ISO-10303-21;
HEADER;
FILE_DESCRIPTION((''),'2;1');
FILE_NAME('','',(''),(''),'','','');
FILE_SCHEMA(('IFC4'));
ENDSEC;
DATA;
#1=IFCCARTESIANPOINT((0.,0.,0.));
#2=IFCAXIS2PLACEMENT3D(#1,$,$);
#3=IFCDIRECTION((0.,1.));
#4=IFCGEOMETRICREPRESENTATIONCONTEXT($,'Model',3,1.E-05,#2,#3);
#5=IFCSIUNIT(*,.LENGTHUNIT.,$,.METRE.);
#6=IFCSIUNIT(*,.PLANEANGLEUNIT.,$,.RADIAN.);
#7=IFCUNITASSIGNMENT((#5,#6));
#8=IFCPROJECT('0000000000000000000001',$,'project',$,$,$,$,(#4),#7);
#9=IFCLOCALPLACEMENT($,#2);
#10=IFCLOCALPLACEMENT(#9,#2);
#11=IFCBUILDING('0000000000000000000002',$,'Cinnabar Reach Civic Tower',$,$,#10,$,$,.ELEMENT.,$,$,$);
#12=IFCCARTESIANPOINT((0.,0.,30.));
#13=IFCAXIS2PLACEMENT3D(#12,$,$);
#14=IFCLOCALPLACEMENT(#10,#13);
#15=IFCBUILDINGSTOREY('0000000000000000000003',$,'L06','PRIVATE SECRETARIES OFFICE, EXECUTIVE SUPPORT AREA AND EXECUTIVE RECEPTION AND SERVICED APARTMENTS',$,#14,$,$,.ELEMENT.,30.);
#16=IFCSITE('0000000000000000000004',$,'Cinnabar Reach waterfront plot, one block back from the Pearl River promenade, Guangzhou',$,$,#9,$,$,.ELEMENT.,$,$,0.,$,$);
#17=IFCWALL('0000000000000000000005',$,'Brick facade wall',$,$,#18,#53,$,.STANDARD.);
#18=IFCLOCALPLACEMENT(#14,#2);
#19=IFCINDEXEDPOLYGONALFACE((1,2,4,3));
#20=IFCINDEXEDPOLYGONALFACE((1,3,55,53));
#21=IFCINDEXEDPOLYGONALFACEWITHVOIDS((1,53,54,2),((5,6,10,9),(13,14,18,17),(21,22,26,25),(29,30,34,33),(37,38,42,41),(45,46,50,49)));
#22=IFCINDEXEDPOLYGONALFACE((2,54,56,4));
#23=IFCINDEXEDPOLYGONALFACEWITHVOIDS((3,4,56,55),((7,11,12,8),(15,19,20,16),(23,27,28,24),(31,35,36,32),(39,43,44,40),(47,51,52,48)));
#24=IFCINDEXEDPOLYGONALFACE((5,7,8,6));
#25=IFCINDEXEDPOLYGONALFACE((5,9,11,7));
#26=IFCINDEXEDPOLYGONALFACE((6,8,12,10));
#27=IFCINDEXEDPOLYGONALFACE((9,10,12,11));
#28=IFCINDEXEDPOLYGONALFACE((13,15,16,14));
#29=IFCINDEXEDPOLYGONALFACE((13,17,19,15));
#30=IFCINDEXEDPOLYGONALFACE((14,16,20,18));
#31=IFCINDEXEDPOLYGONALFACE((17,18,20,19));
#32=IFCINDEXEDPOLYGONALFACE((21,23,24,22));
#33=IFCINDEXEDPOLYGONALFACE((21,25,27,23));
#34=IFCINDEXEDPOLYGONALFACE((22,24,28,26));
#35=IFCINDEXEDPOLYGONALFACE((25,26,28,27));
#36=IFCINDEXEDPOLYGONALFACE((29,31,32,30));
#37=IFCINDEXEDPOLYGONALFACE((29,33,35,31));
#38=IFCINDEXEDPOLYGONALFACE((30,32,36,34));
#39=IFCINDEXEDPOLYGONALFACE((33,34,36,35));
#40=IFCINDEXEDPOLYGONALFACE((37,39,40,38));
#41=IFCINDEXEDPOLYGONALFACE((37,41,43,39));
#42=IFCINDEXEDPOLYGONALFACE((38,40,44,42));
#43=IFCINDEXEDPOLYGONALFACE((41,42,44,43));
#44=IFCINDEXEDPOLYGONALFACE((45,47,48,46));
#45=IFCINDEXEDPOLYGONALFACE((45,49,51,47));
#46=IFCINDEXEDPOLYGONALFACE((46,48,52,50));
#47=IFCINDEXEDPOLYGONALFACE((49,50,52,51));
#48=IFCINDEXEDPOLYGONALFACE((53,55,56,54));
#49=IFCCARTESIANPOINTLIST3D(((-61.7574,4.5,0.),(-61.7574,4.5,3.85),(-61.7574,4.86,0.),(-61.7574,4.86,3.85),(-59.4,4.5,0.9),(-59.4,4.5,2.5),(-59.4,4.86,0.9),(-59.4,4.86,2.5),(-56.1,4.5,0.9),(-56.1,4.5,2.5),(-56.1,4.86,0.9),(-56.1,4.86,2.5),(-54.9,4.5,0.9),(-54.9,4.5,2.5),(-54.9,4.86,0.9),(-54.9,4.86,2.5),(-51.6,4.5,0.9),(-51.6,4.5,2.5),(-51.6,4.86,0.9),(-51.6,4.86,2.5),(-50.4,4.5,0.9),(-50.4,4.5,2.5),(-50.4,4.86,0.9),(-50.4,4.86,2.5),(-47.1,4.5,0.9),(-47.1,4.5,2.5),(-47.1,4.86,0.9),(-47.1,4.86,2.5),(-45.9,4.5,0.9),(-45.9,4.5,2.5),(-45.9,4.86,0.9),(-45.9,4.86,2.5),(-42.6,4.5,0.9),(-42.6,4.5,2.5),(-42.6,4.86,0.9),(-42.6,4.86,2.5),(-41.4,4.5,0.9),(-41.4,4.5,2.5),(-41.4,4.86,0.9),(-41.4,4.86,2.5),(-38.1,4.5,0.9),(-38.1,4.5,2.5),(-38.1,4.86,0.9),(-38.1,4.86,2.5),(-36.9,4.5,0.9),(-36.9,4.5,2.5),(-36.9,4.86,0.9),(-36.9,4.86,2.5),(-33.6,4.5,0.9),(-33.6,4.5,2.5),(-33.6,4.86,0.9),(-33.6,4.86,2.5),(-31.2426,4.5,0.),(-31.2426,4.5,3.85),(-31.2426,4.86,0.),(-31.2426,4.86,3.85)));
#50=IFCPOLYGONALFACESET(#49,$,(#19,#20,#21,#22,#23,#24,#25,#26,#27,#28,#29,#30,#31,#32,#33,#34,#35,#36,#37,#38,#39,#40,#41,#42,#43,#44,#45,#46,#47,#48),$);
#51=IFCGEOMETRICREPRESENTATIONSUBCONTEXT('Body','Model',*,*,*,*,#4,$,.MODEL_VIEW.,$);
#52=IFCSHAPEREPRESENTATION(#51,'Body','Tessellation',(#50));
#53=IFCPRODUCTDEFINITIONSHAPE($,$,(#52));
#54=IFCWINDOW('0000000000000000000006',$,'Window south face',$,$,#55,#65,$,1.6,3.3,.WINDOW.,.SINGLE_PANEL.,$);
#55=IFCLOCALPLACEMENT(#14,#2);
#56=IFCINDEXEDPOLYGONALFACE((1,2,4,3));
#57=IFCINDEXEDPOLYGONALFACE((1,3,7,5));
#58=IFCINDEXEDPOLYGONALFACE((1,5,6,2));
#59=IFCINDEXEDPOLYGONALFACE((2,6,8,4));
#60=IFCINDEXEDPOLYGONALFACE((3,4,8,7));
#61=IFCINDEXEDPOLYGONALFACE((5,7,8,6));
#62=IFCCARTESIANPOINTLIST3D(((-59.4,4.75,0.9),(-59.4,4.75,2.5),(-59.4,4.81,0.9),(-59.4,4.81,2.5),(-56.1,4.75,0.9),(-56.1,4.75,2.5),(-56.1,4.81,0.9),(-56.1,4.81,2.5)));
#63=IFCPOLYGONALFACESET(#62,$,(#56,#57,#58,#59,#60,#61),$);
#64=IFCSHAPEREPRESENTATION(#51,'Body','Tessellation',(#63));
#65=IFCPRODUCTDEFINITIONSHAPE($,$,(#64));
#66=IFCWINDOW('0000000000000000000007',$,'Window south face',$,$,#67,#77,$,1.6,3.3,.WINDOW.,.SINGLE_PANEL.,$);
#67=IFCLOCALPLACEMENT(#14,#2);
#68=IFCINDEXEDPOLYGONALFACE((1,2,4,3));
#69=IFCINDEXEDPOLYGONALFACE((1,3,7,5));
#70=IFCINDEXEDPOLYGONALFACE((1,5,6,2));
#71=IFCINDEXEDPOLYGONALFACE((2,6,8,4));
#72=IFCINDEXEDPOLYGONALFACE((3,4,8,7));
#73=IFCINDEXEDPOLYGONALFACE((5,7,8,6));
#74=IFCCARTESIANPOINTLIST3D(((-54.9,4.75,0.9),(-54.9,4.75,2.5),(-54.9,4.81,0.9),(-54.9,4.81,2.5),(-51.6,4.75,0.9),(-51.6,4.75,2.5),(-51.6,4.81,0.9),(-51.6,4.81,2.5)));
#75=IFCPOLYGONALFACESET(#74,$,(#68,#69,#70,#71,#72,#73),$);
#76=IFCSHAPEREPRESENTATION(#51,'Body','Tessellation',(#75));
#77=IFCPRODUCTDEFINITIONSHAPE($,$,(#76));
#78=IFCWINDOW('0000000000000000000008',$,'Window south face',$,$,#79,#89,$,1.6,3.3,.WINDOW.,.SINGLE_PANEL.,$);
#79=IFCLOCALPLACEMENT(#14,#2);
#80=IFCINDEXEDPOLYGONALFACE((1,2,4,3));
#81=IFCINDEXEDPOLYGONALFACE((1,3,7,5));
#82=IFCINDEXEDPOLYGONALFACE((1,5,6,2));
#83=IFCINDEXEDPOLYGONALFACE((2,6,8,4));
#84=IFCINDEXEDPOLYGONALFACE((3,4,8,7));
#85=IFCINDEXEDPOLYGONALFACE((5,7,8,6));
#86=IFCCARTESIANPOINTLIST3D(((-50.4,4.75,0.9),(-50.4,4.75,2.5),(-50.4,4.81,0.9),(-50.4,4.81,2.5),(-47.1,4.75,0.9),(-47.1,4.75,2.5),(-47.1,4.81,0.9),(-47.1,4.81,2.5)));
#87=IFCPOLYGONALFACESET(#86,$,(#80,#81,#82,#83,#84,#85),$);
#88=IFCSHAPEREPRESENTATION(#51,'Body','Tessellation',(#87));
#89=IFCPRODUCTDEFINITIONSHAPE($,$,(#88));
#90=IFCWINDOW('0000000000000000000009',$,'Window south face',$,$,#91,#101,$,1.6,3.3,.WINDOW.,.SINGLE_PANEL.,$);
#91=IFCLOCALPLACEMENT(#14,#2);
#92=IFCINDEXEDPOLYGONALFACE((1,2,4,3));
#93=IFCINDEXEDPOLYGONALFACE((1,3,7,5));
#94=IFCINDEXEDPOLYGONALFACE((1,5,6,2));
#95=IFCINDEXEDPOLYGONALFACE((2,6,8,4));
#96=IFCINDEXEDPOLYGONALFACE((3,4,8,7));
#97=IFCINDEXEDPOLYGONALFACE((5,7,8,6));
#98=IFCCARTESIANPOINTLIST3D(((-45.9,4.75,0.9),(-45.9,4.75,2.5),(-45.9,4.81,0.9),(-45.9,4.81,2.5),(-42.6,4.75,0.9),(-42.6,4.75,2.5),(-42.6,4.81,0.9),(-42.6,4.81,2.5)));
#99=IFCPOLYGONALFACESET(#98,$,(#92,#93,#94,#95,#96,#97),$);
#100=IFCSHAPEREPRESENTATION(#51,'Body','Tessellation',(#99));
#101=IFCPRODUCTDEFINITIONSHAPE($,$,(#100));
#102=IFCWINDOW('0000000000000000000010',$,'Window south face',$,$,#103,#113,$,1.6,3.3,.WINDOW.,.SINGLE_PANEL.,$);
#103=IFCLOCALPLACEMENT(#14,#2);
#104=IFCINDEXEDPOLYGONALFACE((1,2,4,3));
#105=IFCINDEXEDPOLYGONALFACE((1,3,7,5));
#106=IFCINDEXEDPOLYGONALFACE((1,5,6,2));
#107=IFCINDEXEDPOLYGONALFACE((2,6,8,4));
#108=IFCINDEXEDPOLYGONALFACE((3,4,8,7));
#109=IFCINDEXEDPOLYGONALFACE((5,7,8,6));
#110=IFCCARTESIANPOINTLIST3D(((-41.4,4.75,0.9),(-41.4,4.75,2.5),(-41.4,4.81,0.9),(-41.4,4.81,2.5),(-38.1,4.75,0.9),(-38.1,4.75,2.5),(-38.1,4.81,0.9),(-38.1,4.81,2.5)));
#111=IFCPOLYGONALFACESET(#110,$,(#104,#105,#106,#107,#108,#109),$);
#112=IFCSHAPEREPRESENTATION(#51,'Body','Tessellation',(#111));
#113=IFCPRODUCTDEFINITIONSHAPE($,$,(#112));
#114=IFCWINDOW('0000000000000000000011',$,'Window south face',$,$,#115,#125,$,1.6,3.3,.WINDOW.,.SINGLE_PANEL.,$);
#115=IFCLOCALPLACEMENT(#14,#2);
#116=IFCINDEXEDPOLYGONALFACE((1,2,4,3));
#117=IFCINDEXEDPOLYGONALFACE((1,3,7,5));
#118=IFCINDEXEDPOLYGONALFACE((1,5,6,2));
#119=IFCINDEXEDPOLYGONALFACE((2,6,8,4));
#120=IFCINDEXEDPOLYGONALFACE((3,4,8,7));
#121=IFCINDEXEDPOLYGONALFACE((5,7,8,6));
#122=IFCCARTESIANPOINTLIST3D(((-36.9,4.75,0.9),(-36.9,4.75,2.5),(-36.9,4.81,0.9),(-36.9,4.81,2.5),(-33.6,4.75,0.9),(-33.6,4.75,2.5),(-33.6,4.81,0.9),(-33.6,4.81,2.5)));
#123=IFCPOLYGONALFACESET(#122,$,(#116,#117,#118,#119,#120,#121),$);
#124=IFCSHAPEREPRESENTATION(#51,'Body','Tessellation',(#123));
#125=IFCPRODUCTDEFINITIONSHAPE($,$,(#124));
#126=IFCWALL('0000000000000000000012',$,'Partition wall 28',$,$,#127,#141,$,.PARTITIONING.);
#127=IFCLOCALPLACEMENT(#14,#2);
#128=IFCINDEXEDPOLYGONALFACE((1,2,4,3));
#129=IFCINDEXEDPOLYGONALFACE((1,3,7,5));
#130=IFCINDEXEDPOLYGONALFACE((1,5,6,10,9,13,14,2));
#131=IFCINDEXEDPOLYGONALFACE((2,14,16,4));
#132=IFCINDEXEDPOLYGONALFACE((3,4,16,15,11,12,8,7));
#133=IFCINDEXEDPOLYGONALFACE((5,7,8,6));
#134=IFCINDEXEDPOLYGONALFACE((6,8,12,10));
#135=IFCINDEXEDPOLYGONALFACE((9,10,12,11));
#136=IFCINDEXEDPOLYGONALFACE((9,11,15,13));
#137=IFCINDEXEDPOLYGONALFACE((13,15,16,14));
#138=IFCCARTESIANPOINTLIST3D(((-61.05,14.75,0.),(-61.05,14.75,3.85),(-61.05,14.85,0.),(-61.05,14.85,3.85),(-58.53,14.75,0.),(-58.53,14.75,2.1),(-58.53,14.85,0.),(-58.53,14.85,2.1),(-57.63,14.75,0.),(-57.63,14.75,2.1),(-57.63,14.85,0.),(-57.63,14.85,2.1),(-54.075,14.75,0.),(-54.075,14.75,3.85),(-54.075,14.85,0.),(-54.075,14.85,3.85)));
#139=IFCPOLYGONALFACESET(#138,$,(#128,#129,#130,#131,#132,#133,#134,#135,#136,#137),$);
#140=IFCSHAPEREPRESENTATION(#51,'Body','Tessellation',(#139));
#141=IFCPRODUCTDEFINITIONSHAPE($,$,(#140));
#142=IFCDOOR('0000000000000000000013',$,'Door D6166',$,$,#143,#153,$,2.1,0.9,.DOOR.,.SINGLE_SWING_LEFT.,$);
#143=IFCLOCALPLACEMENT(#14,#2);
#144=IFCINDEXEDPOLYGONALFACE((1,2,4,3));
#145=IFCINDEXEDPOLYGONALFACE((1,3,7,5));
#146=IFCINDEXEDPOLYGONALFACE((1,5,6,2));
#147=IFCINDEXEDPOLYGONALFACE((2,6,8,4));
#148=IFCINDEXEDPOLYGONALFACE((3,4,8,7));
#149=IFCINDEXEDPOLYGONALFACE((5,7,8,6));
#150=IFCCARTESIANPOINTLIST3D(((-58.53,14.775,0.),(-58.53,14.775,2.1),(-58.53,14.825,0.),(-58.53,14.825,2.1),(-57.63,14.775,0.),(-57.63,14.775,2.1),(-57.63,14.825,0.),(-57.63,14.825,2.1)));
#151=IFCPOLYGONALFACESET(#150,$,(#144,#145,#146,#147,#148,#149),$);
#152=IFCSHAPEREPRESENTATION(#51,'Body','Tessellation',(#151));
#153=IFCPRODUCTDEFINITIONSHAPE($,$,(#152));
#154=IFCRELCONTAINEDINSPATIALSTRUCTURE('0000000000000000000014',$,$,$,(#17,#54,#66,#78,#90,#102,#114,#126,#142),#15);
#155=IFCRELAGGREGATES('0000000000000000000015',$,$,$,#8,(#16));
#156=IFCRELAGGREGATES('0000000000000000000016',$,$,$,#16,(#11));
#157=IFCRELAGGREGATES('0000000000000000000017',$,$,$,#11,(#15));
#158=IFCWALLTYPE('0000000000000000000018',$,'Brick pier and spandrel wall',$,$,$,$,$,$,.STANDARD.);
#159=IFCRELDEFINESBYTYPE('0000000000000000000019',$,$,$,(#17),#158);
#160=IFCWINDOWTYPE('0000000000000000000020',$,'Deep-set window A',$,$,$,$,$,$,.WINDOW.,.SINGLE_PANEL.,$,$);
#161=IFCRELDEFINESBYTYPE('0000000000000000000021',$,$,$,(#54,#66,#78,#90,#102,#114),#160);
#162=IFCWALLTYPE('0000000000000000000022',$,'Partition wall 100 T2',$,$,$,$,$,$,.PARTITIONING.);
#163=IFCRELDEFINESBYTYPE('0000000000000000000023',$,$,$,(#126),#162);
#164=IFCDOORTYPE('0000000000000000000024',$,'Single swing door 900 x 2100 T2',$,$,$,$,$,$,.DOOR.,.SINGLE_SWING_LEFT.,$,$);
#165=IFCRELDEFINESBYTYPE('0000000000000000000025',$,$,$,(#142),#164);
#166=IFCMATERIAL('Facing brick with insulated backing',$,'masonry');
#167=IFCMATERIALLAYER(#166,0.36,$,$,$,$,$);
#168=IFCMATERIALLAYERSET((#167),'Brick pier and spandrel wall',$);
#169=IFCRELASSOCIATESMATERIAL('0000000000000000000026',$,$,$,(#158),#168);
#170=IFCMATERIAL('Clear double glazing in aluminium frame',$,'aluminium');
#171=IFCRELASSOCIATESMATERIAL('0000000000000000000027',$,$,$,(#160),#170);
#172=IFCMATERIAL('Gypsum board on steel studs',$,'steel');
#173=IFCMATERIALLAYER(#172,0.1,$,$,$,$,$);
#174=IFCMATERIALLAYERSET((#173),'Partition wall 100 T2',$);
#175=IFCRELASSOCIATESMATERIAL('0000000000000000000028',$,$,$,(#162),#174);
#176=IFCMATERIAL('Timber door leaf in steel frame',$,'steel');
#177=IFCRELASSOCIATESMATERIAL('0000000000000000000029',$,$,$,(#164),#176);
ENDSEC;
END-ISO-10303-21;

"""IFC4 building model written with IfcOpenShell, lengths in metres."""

from ifc_helpers import new_model, si_unit, direction, frame, frame_2d, origin, place, context, subcontext, project, spatial, rectangle, extrude, material, layer, layer_set, type_object, element, fill, save


model = new_model("IFC4")

# Units and contexts
model_context = context("Model", 3, precision=1e-05, world=origin(), true_north=direction((0.0, 1.0)))
body_context = subcontext(model_context, "Body", "Model", "MODEL_VIEW")
ifc_project = project(units=[si_unit("LENGTHUNIT", "METRE"), si_unit("PLANEANGLEUNIT", "RADIAN")], contexts=[model_context])

# Site, building, storey
site_placement = place(None, origin())
site = spatial("IfcSite", under=ifc_project, at=site_placement, Name="Cinnabar Reach waterfront plot, one block back from the Pearl River promenade, Guangzhou", CompositionType="ELEMENT", RefElevation=0.0)
building_placement = place(site_placement, origin())
building = spatial("IfcBuilding", under=site, at=building_placement, Name="Cinnabar Reach Civic Tower", CompositionType="ELEMENT")
storey_placement = place(building_placement, frame((0.0, 0.0, 30.0)))
storey = spatial("IfcBuildingStorey", under=building, at=storey_placement, Name="L06", Description="PRIVATE SECRETARIES OFFICE, EXECUTIVE SUPPORT AREA AND EXECUTIVE RECEPTION AND SERVICED APARTMENTS", CompositionType="ELEMENT", Elevation=30.0)

# Wall, openings, windows
ifc_material_1 = material(Name="Facing brick with insulated backing", Category="masonry")
ifc_layer_1 = layer(ifc_material_1, 0.36)
ifc_layer_set_1 = layer_set([ifc_layer_1], Name="Brick pier and spandrel wall")
wall_type_1 = type_object("IfcWallType", Name="Brick pier and spandrel wall", PredefinedType="STANDARD", material=ifc_layer_set_1)
wall_1_placement = place(storey_placement, frame((-61.7574, 4.68, 0.0), z_axis=(0.0, 0.0, 1.0), x_axis=(1.0, 0.0, 0.0)))
wall_1 = element("IfcWall", 1, at=wall_1_placement, inside=storey, type_object=wall_type_1, Name="Brick facade wall", PredefinedType="STANDARD", context=body_context, shape_type="SweptSolid", body=[
    extrude(rectangle(XDim=30.5148, YDim=0.36, at=frame_2d((15.2574, 0.0))), origin(), (0.0, 0.0, 1.0), 3.85),
])
opening_1_placement = place(wall_1_placement, frame((2.3574, 0.0, 0.9)))
opening_1 = element("IfcOpeningElement", 2, at=opening_1_placement, cuts=wall_1, PredefinedType="OPENING", context=body_context, shape_type="SweptSolid", body=[
    extrude(rectangle(XDim=3.3, YDim=1.6, at=frame_2d((1.65, 0.8))), frame((0.0, 0.19, 0.0), z_axis=(0.0, -1.0, 0.0), x_axis=(1.0, 0.0, 0.0)), (0.0, 0.0, 1.0), 0.38),
])
opening_2_placement = place(wall_1_placement, frame((6.8574, 0.0, 0.9)))
opening_2 = element("IfcOpeningElement", 3, at=opening_2_placement, cuts=wall_1, PredefinedType="OPENING", context=body_context, shape_type="SweptSolid", body=[
    extrude(rectangle(XDim=3.3, YDim=1.6, at=frame_2d((1.65, 0.8))), frame((0.0, 0.19, 0.0), z_axis=(0.0, -1.0, 0.0), x_axis=(1.0, 0.0, 0.0)), (0.0, 0.0, 1.0), 0.38),
])
opening_3_placement = place(wall_1_placement, frame((11.3574, 0.0, 0.9)))
opening_3 = element("IfcOpeningElement", 4, at=opening_3_placement, cuts=wall_1, PredefinedType="OPENING", context=body_context, shape_type="SweptSolid", body=[
    extrude(rectangle(XDim=3.3, YDim=1.6, at=frame_2d((1.65, 0.8))), frame((0.0, 0.19, 0.0), z_axis=(0.0, -1.0, 0.0), x_axis=(1.0, 0.0, 0.0)), (0.0, 0.0, 1.0), 0.38),
])
opening_4_placement = place(wall_1_placement, frame((15.8574, 0.0, 0.9)))
opening_4 = element("IfcOpeningElement", 5, at=opening_4_placement, cuts=wall_1, PredefinedType="OPENING", context=body_context, shape_type="SweptSolid", body=[
    extrude(rectangle(XDim=3.3, YDim=1.6, at=frame_2d((1.65, 0.8))), frame((0.0, 0.19, 0.0), z_axis=(0.0, -1.0, 0.0), x_axis=(1.0, 0.0, 0.0)), (0.0, 0.0, 1.0), 0.38),
])
opening_5_placement = place(wall_1_placement, frame((20.3574, 0.0, 0.9)))
opening_5 = element("IfcOpeningElement", 6, at=opening_5_placement, cuts=wall_1, PredefinedType="OPENING", context=body_context, shape_type="SweptSolid", body=[
    extrude(rectangle(XDim=3.3, YDim=1.6, at=frame_2d((1.65, 0.8))), frame((0.0, 0.19, 0.0), z_axis=(0.0, -1.0, 0.0), x_axis=(1.0, 0.0, 0.0)), (0.0, 0.0, 1.0), 0.38),
])
opening_6_placement = place(wall_1_placement, frame((24.8574, 0.0, 0.9)))
opening_6 = element("IfcOpeningElement", 7, at=opening_6_placement, cuts=wall_1, PredefinedType="OPENING", context=body_context, shape_type="SweptSolid", body=[
    extrude(rectangle(XDim=3.3, YDim=1.6, at=frame_2d((1.65, 0.8))), frame((0.0, 0.19, 0.0), z_axis=(0.0, -1.0, 0.0), x_axis=(1.0, 0.0, 0.0)), (0.0, 0.0, 1.0), 0.38),
])
ifc_material_2 = material(Name="Clear double glazing in aluminium frame", Category="aluminium")
window_type = type_object("IfcWindowType", Name="Deep-set window A", PartitioningType="SINGLE_PANEL", PredefinedType="WINDOW", material=ifc_material_2)
window_1_placement = place(opening_1_placement, origin())
window_1 = element("IfcWindow", 8, at=window_1_placement, inside=storey, type_object=window_type, Name="Window south face", OverallHeight=1.6, OverallWidth=3.3, PartitioningType="SINGLE_PANEL", PredefinedType="WINDOW", context=body_context, shape_type="SweptSolid", body=[
    extrude(rectangle(XDim=3.3, YDim=1.6, at=frame_2d((1.65, 0.8))), frame((0.0, 0.13, 0.0), z_axis=(0.0, -1.0, 0.0), x_axis=(1.0, 0.0, 0.0)), (0.0, 0.0, 1.0), 0.06),
])
fill(opening_1, window_1)
window_2_placement = place(opening_2_placement, origin())
window_2 = element("IfcWindow", 9, at=window_2_placement, inside=storey, type_object=window_type, Name="Window south face", OverallHeight=1.6, OverallWidth=3.3, PartitioningType="SINGLE_PANEL", PredefinedType="WINDOW", context=body_context, shape_type="SweptSolid", body=[
    extrude(rectangle(XDim=3.3, YDim=1.6, at=frame_2d((1.65, 0.8))), frame((0.0, 0.13, 0.0), z_axis=(0.0, -1.0, 0.0), x_axis=(1.0, 0.0, 0.0)), (0.0, 0.0, 1.0), 0.06),
])
fill(opening_2, window_2)
window_3_placement = place(opening_3_placement, origin())
window_3 = element("IfcWindow", 10, at=window_3_placement, inside=storey, type_object=window_type, Name="Window south face", OverallHeight=1.6, OverallWidth=3.3, PartitioningType="SINGLE_PANEL", PredefinedType="WINDOW", context=body_context, shape_type="SweptSolid", body=[
    extrude(rectangle(XDim=3.3, YDim=1.6, at=frame_2d((1.65, 0.8))), frame((0.0, 0.13, 0.0), z_axis=(0.0, -1.0, 0.0), x_axis=(1.0, 0.0, 0.0)), (0.0, 0.0, 1.0), 0.06),
])
fill(opening_3, window_3)
window_4_placement = place(opening_4_placement, origin())
window_4 = element("IfcWindow", 11, at=window_4_placement, inside=storey, type_object=window_type, Name="Window south face", OverallHeight=1.6, OverallWidth=3.3, PartitioningType="SINGLE_PANEL", PredefinedType="WINDOW", context=body_context, shape_type="SweptSolid", body=[
    extrude(rectangle(XDim=3.3, YDim=1.6, at=frame_2d((1.65, 0.8))), frame((0.0, 0.13, 0.0), z_axis=(0.0, -1.0, 0.0), x_axis=(1.0, 0.0, 0.0)), (0.0, 0.0, 1.0), 0.06),
])
fill(opening_4, window_4)
window_5_placement = place(opening_5_placement, origin())
window_5 = element("IfcWindow", 12, at=window_5_placement, inside=storey, type_object=window_type, Name="Window south face", OverallHeight=1.6, OverallWidth=3.3, PartitioningType="SINGLE_PANEL", PredefinedType="WINDOW", context=body_context, shape_type="SweptSolid", body=[
    extrude(rectangle(XDim=3.3, YDim=1.6, at=frame_2d((1.65, 0.8))), frame((0.0, 0.13, 0.0), z_axis=(0.0, -1.0, 0.0), x_axis=(1.0, 0.0, 0.0)), (0.0, 0.0, 1.0), 0.06),
])
fill(opening_5, window_5)
window_6_placement = place(opening_6_placement, origin())
window_6 = element("IfcWindow", 13, at=window_6_placement, inside=storey, type_object=window_type, Name="Window south face", OverallHeight=1.6, OverallWidth=3.3, PartitioningType="SINGLE_PANEL", PredefinedType="WINDOW", context=body_context, shape_type="SweptSolid", body=[
    extrude(rectangle(XDim=3.3, YDim=1.6, at=frame_2d((1.65, 0.8))), frame((0.0, 0.13, 0.0), z_axis=(0.0, -1.0, 0.0), x_axis=(1.0, 0.0, 0.0)), (0.0, 0.0, 1.0), 0.06),
])
fill(opening_6, window_6)

# Wall, opening, door
ifc_material_3 = material(Name="Gypsum board on steel studs", Category="steel")
ifc_layer_2 = layer(ifc_material_3, 0.1)
ifc_layer_set_2 = layer_set([ifc_layer_2], Name="Partition wall 100 T2")
wall_type_2 = type_object("IfcWallType", Name="Partition wall 100 T2", PredefinedType="PARTITIONING", material=ifc_layer_set_2)
wall_2_placement = place(storey_placement, frame((-61.05, 14.8, 0.0), z_axis=(0.0, 0.0, 1.0), x_axis=(1.0, 0.0, 0.0)))
wall_2 = element("IfcWall", 14, at=wall_2_placement, inside=storey, type_object=wall_type_2, Name="Partition wall 28", PredefinedType="PARTITIONING", context=body_context, shape_type="SweptSolid", body=[
    extrude(rectangle(XDim=6.975, YDim=0.1, at=frame_2d((3.4875, 0.0))), origin(), (0.0, 0.0, 1.0), 3.85),
])
opening_7_placement = place(wall_2_placement, frame((2.52, 0.0, 0.0)))
opening_7 = element("IfcOpeningElement", 15, at=opening_7_placement, cuts=wall_2, PredefinedType="OPENING", context=body_context, shape_type="SweptSolid", body=[
    extrude(rectangle(XDim=0.9, YDim=2.1, at=frame_2d((0.45, 1.05))), frame((0.0, 0.06, 0.0), z_axis=(0.0, -1.0, 0.0), x_axis=(1.0, 0.0, 0.0)), (0.0, 0.0, 1.0), 0.12),
])
ifc_material_4 = material(Name="Timber door leaf in steel frame", Category="steel")
door_type = type_object("IfcDoorType", Name="Single swing door 900 x 2100 T2", OperationType="SINGLE_SWING_LEFT", PredefinedType="DOOR", material=ifc_material_4)
door_1_placement = place(opening_7_placement, origin())
door_1 = element("IfcDoor", 16, at=door_1_placement, inside=storey, type_object=door_type, Name="Door D6166", OperationType="SINGLE_SWING_LEFT", OverallHeight=2.1, OverallWidth=0.9, PredefinedType="DOOR", context=body_context, shape_type="SweptSolid", body=[
    extrude(rectangle(XDim=0.9, YDim=2.1, at=frame_2d((0.45, 1.05))), frame((0.0, 0.025, 0.0), z_axis=(0.0, -1.0, 0.0), x_axis=(1.0, 0.0, 0.0)), (0.0, 0.0, 1.0), 0.05),
])
fill(opening_7, door_1)

save(model, "model.ifc")
